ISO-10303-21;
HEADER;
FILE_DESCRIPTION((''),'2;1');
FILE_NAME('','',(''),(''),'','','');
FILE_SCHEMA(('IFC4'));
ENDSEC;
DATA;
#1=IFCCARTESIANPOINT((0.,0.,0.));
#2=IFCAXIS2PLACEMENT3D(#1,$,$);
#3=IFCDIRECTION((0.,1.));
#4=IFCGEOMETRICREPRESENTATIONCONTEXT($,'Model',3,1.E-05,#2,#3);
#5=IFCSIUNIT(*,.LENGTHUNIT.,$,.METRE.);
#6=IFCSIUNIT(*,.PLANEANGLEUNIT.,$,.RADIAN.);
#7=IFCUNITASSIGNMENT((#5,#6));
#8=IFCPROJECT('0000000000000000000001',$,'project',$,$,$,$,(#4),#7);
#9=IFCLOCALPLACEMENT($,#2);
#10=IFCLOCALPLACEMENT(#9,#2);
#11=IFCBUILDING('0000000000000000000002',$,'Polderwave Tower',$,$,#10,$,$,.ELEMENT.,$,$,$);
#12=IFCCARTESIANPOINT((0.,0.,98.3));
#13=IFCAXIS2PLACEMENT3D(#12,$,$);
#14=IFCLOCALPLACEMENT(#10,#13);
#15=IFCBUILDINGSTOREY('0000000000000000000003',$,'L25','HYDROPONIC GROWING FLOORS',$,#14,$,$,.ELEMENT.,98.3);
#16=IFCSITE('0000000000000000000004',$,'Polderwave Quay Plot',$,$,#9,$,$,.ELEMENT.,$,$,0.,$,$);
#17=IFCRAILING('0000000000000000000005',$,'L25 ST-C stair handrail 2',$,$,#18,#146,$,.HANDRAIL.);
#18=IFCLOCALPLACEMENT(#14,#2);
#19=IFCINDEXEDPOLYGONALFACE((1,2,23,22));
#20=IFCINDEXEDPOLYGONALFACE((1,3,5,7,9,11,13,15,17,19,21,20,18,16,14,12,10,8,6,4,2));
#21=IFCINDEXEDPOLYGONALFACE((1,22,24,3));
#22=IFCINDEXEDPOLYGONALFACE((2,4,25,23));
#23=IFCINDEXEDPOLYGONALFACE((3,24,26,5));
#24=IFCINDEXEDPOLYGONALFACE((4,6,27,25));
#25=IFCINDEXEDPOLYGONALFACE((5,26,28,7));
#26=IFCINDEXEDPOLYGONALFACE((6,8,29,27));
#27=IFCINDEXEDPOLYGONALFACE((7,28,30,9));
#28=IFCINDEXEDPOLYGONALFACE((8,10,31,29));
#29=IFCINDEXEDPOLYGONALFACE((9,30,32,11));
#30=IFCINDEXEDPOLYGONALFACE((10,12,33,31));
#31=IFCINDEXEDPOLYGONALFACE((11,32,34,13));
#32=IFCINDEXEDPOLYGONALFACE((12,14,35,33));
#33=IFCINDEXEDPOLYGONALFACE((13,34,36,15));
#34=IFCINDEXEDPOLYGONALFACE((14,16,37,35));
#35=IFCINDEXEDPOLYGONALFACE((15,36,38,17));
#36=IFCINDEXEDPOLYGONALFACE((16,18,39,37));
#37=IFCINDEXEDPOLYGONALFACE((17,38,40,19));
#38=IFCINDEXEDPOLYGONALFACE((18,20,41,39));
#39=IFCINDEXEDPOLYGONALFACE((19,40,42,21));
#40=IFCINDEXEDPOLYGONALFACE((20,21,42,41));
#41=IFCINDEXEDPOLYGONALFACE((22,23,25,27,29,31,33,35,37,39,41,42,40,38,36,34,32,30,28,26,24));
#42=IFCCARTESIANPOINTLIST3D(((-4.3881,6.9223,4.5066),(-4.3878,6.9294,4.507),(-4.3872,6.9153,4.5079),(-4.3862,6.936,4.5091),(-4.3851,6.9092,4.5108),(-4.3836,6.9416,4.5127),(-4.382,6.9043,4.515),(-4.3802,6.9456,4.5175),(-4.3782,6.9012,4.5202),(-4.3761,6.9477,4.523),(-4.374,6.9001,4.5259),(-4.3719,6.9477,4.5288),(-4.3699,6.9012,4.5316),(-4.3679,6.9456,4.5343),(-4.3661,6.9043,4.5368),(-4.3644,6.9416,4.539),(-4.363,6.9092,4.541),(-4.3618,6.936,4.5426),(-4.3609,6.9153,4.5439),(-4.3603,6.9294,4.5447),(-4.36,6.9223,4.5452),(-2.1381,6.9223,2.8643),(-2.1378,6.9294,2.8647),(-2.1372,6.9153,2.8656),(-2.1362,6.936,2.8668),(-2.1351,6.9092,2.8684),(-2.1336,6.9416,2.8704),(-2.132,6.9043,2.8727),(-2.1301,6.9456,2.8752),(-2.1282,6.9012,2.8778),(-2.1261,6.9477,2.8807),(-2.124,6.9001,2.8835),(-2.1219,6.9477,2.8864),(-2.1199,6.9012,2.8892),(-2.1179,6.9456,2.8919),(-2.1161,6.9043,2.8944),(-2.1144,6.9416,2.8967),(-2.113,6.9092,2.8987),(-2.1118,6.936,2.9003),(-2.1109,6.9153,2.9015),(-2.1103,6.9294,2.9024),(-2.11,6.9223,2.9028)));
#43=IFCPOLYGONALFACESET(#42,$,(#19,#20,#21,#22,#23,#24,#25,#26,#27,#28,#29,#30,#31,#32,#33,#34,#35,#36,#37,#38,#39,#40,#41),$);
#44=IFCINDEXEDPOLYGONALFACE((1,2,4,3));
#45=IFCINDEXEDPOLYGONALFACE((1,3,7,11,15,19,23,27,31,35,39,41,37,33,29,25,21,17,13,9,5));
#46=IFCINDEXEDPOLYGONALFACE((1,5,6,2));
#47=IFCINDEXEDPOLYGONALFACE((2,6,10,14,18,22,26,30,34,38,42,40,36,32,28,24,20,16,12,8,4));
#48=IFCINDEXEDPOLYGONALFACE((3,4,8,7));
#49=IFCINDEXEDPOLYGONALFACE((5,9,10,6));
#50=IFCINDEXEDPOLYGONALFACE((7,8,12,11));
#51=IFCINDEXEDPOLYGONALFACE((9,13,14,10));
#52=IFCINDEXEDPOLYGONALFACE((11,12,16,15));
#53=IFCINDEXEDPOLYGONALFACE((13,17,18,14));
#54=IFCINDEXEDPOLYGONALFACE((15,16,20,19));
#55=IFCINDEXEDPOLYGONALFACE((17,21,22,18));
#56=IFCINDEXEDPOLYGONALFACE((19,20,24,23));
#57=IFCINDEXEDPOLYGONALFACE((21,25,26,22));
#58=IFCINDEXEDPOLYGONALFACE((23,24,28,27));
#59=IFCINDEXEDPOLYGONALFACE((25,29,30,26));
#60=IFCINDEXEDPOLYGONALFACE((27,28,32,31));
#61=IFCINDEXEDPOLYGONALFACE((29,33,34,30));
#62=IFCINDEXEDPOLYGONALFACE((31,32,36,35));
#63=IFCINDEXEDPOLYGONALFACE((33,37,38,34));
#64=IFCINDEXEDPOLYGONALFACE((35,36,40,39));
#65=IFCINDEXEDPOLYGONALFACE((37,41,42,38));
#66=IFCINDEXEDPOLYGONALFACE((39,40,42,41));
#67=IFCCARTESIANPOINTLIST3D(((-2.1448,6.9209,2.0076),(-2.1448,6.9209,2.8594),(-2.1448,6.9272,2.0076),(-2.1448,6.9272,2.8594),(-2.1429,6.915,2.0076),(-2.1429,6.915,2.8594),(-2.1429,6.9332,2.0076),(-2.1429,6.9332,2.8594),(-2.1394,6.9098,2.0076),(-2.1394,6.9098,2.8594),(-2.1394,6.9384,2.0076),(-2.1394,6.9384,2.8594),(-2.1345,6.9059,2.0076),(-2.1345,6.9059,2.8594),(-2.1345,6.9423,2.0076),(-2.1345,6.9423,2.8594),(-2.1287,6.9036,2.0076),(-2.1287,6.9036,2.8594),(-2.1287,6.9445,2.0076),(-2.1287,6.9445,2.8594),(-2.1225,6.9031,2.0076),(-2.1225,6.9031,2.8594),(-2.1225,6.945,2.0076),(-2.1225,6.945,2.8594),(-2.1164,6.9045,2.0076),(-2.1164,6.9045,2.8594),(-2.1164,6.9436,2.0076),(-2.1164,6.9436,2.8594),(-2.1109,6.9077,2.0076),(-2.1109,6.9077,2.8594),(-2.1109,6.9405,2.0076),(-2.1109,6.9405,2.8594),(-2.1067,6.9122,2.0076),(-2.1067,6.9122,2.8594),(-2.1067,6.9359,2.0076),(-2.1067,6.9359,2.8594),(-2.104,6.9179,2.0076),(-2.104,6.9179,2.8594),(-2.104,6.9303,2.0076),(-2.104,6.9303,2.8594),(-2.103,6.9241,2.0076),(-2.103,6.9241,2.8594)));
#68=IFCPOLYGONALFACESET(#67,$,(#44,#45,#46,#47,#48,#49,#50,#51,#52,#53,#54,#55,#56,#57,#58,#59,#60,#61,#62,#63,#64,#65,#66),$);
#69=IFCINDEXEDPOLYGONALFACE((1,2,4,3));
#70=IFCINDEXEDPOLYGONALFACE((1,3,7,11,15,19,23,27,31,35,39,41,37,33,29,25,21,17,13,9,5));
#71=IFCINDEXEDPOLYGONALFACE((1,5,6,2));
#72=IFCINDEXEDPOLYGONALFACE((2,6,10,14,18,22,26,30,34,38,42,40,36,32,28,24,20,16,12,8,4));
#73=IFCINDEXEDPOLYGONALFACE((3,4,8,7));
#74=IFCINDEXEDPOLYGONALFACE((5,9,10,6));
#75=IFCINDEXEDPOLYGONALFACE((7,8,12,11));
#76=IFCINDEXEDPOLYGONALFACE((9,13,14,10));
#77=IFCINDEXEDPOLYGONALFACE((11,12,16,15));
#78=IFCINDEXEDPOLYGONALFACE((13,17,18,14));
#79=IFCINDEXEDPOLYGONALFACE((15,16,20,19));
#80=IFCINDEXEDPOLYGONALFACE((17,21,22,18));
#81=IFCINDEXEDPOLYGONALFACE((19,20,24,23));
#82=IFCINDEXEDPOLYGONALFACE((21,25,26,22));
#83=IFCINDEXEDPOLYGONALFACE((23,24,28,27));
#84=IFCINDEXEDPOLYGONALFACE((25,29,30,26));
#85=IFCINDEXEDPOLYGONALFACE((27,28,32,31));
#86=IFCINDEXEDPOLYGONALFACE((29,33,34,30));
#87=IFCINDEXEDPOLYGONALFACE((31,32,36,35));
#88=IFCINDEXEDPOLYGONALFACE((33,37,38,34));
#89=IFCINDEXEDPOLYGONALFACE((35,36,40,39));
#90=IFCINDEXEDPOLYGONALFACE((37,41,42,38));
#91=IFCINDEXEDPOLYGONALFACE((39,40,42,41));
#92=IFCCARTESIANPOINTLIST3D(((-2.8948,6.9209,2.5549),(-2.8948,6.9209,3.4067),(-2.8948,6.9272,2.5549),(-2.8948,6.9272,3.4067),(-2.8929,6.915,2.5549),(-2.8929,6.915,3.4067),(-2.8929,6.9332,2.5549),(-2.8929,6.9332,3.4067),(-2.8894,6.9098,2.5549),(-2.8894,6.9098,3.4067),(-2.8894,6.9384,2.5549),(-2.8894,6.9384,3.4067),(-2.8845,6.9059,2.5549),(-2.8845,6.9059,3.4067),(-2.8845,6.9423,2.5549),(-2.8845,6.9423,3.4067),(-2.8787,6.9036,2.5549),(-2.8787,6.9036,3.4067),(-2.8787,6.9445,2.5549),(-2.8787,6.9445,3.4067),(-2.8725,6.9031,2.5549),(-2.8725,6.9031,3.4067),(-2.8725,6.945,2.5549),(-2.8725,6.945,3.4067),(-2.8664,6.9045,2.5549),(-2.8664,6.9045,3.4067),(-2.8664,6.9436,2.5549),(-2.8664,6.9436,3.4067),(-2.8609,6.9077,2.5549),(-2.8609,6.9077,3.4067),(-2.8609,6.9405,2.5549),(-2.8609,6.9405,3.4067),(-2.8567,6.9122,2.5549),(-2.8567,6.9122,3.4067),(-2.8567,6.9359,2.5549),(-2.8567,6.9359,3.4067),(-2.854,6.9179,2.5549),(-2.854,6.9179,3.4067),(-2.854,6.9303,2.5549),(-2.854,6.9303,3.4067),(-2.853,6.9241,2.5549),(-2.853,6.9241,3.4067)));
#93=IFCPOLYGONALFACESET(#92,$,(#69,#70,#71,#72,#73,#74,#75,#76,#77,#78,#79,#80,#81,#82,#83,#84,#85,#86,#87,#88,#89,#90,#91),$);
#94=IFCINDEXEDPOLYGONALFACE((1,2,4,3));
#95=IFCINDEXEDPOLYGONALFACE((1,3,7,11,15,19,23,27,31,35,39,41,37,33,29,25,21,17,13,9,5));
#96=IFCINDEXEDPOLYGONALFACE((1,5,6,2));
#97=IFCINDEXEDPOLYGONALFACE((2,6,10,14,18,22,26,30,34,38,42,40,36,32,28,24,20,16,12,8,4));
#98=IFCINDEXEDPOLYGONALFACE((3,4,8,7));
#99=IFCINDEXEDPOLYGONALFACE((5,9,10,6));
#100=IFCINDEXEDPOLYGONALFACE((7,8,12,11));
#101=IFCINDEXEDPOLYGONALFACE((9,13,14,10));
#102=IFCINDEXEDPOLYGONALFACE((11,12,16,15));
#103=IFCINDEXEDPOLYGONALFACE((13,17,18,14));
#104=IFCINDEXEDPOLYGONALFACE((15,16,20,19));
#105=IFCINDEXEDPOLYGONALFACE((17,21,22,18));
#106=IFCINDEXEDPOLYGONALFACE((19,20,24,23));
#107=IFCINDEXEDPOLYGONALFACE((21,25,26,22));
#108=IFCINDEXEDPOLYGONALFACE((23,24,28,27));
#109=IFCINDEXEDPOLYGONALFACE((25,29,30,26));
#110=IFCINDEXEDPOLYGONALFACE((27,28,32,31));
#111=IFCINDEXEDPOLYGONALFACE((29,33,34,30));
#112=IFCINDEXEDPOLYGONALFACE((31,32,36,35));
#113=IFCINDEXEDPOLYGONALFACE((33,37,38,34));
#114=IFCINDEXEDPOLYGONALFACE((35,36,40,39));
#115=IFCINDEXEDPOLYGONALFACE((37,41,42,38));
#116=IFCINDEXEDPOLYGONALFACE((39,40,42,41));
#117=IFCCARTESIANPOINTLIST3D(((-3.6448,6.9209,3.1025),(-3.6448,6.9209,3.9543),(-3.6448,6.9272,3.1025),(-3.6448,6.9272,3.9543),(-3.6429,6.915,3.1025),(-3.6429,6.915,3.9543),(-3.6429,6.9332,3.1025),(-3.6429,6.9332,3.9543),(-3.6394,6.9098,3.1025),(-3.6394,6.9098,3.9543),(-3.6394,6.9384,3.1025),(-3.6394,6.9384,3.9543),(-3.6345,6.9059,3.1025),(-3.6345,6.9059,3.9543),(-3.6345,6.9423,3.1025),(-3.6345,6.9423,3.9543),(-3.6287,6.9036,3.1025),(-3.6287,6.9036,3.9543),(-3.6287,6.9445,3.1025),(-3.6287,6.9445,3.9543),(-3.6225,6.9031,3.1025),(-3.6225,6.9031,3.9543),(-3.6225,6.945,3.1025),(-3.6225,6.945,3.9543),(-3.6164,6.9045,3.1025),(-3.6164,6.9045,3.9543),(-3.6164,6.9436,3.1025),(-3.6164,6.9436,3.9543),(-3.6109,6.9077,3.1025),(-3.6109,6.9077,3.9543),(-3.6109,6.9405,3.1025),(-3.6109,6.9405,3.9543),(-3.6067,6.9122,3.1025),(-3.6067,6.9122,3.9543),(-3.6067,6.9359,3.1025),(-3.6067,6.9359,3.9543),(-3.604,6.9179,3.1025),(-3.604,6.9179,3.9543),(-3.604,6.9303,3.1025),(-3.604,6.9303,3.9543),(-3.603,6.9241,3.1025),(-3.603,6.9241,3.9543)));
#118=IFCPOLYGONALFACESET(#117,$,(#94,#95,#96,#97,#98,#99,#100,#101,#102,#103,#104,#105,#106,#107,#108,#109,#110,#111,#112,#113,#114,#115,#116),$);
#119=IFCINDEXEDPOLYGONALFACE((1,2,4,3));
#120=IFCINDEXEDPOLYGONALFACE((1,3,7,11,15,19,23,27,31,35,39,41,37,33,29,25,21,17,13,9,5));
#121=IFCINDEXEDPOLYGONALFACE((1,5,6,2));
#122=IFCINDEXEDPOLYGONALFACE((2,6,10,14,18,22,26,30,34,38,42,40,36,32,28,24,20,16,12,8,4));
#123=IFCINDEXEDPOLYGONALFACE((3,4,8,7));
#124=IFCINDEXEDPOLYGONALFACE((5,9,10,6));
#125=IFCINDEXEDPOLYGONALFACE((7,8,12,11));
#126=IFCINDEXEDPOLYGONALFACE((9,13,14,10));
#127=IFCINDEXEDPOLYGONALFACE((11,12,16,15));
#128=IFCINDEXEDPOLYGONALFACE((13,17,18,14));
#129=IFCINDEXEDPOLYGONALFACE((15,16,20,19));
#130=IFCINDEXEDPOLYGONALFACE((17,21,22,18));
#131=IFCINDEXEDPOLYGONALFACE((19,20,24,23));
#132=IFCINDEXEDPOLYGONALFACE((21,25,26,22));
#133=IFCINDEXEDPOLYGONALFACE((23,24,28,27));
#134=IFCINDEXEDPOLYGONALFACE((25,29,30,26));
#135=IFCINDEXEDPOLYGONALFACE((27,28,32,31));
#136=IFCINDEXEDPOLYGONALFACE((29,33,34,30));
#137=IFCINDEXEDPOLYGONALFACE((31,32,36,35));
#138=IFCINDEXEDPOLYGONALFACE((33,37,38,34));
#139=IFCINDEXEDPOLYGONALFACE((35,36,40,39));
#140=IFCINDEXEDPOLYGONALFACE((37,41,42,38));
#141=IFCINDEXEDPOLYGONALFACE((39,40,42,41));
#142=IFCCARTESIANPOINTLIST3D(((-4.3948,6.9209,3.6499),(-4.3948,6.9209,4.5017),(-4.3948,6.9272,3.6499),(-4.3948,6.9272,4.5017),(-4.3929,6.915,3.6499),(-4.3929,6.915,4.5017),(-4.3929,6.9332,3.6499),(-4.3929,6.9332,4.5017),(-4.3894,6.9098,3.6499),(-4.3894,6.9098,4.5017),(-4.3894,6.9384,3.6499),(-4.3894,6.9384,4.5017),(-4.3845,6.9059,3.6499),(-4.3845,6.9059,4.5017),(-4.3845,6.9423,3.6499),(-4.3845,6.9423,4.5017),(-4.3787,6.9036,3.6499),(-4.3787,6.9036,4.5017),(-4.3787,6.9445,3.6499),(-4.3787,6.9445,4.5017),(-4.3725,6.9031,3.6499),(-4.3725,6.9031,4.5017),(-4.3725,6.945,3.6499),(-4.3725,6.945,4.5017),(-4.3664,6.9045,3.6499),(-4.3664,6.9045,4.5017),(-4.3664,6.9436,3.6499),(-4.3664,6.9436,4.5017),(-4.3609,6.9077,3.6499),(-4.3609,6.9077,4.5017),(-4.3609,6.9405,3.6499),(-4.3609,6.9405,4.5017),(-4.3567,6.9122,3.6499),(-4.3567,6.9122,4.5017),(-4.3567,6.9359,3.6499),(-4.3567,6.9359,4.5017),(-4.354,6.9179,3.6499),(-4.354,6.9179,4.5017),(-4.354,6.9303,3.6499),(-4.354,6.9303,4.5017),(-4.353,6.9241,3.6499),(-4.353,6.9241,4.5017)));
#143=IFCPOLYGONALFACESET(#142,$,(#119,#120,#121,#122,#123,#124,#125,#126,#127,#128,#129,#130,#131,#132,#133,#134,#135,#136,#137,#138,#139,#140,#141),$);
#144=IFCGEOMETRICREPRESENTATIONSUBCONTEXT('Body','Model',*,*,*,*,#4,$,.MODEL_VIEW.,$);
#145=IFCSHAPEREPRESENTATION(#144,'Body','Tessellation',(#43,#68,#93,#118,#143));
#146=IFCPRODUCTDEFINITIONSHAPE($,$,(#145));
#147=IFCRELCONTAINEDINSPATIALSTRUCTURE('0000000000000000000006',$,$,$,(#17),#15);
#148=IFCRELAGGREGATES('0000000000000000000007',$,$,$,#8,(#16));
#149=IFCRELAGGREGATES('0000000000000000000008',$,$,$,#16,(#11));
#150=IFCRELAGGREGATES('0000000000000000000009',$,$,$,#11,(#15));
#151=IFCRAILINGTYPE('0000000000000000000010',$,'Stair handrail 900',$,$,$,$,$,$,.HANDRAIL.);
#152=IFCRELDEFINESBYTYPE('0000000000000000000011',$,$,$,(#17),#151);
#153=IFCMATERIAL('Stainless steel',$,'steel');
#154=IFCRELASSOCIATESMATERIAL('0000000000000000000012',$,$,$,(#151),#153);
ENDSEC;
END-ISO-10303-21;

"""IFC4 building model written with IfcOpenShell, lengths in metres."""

from ifc_helpers import new_model, si_unit, direction, frame, origin, origin_2d, place, context, subcontext, project, spatial, circle, extrude, material, type_object, element, save


model = new_model("IFC4")

# Units and contexts
model_context = context("Model", 3, precision=1e-05, world=origin(), true_north=direction((0.0, 1.0)))
body_context = subcontext(model_context, "Body", "Model", "MODEL_VIEW")
ifc_project = project(units=[si_unit("LENGTHUNIT", "METRE"), si_unit("PLANEANGLEUNIT", "RADIAN")], contexts=[model_context])

# Site, building, storey
site_placement = place(None, origin())
site = spatial("IfcSite", under=ifc_project, at=site_placement, Name="Polderwave Quay Plot", CompositionType="ELEMENT", RefElevation=0.0)
building_placement = place(site_placement, origin())
building = spatial("IfcBuilding", under=site, at=building_placement, Name="Polderwave Tower", CompositionType="ELEMENT")
storey_placement = place(building_placement, frame((0.0, 0.0, 98.3)))
storey = spatial("IfcBuildingStorey", under=building, at=storey_placement, Name="L25", Description="HYDROPONIC GROWING FLOORS", CompositionType="ELEMENT", Elevation=98.3)

# Railing
ifc_material_1 = material(Name="Stainless steel", Category="steel")
railing_type = type_object("IfcRailingType", Name="Stair handrail 900", PredefinedType="HANDRAIL", material=ifc_material_1)
railing_placement = place(storey_placement, frame((-2.124, 6.9241, 2.0076)))
element("IfcRailing", 1, at=railing_placement, inside=storey, type_object=railing_type, Name="L25 ST-C stair handrail 2", PredefinedType="HANDRAIL", context=body_context, shape_type="SweptSolid", body=[
    extrude(circle(Radius=0.0239, at=origin_2d()), frame((0.0, 0.0, 0.876), z_axis=(-0.807715, 0.0, 0.589573), x_axis=(0.0, -1.0, 0.0)), (0.0, 0.0, 1.0), 2.7856),
    extrude(circle(Radius=0.021, at=origin_2d()), origin(), (0.0, 0.0, 1.0), 0.8518),
    extrude(circle(Radius=0.021, at=origin_2d()), frame((-0.75, 0.0, 0.5474)), (0.0, 0.0, 1.0), 0.8518),
    extrude(circle(Radius=0.021, at=origin_2d()), frame((-1.5, 0.0, 1.095)), (0.0, 0.0, 1.0), 0.8518),
    extrude(circle(Radius=0.021, at=origin_2d()), frame((-2.25, 0.0, 1.6423)), (0.0, 0.0, 1.0), 0.8518),
])

save(model, "model.ifc")
